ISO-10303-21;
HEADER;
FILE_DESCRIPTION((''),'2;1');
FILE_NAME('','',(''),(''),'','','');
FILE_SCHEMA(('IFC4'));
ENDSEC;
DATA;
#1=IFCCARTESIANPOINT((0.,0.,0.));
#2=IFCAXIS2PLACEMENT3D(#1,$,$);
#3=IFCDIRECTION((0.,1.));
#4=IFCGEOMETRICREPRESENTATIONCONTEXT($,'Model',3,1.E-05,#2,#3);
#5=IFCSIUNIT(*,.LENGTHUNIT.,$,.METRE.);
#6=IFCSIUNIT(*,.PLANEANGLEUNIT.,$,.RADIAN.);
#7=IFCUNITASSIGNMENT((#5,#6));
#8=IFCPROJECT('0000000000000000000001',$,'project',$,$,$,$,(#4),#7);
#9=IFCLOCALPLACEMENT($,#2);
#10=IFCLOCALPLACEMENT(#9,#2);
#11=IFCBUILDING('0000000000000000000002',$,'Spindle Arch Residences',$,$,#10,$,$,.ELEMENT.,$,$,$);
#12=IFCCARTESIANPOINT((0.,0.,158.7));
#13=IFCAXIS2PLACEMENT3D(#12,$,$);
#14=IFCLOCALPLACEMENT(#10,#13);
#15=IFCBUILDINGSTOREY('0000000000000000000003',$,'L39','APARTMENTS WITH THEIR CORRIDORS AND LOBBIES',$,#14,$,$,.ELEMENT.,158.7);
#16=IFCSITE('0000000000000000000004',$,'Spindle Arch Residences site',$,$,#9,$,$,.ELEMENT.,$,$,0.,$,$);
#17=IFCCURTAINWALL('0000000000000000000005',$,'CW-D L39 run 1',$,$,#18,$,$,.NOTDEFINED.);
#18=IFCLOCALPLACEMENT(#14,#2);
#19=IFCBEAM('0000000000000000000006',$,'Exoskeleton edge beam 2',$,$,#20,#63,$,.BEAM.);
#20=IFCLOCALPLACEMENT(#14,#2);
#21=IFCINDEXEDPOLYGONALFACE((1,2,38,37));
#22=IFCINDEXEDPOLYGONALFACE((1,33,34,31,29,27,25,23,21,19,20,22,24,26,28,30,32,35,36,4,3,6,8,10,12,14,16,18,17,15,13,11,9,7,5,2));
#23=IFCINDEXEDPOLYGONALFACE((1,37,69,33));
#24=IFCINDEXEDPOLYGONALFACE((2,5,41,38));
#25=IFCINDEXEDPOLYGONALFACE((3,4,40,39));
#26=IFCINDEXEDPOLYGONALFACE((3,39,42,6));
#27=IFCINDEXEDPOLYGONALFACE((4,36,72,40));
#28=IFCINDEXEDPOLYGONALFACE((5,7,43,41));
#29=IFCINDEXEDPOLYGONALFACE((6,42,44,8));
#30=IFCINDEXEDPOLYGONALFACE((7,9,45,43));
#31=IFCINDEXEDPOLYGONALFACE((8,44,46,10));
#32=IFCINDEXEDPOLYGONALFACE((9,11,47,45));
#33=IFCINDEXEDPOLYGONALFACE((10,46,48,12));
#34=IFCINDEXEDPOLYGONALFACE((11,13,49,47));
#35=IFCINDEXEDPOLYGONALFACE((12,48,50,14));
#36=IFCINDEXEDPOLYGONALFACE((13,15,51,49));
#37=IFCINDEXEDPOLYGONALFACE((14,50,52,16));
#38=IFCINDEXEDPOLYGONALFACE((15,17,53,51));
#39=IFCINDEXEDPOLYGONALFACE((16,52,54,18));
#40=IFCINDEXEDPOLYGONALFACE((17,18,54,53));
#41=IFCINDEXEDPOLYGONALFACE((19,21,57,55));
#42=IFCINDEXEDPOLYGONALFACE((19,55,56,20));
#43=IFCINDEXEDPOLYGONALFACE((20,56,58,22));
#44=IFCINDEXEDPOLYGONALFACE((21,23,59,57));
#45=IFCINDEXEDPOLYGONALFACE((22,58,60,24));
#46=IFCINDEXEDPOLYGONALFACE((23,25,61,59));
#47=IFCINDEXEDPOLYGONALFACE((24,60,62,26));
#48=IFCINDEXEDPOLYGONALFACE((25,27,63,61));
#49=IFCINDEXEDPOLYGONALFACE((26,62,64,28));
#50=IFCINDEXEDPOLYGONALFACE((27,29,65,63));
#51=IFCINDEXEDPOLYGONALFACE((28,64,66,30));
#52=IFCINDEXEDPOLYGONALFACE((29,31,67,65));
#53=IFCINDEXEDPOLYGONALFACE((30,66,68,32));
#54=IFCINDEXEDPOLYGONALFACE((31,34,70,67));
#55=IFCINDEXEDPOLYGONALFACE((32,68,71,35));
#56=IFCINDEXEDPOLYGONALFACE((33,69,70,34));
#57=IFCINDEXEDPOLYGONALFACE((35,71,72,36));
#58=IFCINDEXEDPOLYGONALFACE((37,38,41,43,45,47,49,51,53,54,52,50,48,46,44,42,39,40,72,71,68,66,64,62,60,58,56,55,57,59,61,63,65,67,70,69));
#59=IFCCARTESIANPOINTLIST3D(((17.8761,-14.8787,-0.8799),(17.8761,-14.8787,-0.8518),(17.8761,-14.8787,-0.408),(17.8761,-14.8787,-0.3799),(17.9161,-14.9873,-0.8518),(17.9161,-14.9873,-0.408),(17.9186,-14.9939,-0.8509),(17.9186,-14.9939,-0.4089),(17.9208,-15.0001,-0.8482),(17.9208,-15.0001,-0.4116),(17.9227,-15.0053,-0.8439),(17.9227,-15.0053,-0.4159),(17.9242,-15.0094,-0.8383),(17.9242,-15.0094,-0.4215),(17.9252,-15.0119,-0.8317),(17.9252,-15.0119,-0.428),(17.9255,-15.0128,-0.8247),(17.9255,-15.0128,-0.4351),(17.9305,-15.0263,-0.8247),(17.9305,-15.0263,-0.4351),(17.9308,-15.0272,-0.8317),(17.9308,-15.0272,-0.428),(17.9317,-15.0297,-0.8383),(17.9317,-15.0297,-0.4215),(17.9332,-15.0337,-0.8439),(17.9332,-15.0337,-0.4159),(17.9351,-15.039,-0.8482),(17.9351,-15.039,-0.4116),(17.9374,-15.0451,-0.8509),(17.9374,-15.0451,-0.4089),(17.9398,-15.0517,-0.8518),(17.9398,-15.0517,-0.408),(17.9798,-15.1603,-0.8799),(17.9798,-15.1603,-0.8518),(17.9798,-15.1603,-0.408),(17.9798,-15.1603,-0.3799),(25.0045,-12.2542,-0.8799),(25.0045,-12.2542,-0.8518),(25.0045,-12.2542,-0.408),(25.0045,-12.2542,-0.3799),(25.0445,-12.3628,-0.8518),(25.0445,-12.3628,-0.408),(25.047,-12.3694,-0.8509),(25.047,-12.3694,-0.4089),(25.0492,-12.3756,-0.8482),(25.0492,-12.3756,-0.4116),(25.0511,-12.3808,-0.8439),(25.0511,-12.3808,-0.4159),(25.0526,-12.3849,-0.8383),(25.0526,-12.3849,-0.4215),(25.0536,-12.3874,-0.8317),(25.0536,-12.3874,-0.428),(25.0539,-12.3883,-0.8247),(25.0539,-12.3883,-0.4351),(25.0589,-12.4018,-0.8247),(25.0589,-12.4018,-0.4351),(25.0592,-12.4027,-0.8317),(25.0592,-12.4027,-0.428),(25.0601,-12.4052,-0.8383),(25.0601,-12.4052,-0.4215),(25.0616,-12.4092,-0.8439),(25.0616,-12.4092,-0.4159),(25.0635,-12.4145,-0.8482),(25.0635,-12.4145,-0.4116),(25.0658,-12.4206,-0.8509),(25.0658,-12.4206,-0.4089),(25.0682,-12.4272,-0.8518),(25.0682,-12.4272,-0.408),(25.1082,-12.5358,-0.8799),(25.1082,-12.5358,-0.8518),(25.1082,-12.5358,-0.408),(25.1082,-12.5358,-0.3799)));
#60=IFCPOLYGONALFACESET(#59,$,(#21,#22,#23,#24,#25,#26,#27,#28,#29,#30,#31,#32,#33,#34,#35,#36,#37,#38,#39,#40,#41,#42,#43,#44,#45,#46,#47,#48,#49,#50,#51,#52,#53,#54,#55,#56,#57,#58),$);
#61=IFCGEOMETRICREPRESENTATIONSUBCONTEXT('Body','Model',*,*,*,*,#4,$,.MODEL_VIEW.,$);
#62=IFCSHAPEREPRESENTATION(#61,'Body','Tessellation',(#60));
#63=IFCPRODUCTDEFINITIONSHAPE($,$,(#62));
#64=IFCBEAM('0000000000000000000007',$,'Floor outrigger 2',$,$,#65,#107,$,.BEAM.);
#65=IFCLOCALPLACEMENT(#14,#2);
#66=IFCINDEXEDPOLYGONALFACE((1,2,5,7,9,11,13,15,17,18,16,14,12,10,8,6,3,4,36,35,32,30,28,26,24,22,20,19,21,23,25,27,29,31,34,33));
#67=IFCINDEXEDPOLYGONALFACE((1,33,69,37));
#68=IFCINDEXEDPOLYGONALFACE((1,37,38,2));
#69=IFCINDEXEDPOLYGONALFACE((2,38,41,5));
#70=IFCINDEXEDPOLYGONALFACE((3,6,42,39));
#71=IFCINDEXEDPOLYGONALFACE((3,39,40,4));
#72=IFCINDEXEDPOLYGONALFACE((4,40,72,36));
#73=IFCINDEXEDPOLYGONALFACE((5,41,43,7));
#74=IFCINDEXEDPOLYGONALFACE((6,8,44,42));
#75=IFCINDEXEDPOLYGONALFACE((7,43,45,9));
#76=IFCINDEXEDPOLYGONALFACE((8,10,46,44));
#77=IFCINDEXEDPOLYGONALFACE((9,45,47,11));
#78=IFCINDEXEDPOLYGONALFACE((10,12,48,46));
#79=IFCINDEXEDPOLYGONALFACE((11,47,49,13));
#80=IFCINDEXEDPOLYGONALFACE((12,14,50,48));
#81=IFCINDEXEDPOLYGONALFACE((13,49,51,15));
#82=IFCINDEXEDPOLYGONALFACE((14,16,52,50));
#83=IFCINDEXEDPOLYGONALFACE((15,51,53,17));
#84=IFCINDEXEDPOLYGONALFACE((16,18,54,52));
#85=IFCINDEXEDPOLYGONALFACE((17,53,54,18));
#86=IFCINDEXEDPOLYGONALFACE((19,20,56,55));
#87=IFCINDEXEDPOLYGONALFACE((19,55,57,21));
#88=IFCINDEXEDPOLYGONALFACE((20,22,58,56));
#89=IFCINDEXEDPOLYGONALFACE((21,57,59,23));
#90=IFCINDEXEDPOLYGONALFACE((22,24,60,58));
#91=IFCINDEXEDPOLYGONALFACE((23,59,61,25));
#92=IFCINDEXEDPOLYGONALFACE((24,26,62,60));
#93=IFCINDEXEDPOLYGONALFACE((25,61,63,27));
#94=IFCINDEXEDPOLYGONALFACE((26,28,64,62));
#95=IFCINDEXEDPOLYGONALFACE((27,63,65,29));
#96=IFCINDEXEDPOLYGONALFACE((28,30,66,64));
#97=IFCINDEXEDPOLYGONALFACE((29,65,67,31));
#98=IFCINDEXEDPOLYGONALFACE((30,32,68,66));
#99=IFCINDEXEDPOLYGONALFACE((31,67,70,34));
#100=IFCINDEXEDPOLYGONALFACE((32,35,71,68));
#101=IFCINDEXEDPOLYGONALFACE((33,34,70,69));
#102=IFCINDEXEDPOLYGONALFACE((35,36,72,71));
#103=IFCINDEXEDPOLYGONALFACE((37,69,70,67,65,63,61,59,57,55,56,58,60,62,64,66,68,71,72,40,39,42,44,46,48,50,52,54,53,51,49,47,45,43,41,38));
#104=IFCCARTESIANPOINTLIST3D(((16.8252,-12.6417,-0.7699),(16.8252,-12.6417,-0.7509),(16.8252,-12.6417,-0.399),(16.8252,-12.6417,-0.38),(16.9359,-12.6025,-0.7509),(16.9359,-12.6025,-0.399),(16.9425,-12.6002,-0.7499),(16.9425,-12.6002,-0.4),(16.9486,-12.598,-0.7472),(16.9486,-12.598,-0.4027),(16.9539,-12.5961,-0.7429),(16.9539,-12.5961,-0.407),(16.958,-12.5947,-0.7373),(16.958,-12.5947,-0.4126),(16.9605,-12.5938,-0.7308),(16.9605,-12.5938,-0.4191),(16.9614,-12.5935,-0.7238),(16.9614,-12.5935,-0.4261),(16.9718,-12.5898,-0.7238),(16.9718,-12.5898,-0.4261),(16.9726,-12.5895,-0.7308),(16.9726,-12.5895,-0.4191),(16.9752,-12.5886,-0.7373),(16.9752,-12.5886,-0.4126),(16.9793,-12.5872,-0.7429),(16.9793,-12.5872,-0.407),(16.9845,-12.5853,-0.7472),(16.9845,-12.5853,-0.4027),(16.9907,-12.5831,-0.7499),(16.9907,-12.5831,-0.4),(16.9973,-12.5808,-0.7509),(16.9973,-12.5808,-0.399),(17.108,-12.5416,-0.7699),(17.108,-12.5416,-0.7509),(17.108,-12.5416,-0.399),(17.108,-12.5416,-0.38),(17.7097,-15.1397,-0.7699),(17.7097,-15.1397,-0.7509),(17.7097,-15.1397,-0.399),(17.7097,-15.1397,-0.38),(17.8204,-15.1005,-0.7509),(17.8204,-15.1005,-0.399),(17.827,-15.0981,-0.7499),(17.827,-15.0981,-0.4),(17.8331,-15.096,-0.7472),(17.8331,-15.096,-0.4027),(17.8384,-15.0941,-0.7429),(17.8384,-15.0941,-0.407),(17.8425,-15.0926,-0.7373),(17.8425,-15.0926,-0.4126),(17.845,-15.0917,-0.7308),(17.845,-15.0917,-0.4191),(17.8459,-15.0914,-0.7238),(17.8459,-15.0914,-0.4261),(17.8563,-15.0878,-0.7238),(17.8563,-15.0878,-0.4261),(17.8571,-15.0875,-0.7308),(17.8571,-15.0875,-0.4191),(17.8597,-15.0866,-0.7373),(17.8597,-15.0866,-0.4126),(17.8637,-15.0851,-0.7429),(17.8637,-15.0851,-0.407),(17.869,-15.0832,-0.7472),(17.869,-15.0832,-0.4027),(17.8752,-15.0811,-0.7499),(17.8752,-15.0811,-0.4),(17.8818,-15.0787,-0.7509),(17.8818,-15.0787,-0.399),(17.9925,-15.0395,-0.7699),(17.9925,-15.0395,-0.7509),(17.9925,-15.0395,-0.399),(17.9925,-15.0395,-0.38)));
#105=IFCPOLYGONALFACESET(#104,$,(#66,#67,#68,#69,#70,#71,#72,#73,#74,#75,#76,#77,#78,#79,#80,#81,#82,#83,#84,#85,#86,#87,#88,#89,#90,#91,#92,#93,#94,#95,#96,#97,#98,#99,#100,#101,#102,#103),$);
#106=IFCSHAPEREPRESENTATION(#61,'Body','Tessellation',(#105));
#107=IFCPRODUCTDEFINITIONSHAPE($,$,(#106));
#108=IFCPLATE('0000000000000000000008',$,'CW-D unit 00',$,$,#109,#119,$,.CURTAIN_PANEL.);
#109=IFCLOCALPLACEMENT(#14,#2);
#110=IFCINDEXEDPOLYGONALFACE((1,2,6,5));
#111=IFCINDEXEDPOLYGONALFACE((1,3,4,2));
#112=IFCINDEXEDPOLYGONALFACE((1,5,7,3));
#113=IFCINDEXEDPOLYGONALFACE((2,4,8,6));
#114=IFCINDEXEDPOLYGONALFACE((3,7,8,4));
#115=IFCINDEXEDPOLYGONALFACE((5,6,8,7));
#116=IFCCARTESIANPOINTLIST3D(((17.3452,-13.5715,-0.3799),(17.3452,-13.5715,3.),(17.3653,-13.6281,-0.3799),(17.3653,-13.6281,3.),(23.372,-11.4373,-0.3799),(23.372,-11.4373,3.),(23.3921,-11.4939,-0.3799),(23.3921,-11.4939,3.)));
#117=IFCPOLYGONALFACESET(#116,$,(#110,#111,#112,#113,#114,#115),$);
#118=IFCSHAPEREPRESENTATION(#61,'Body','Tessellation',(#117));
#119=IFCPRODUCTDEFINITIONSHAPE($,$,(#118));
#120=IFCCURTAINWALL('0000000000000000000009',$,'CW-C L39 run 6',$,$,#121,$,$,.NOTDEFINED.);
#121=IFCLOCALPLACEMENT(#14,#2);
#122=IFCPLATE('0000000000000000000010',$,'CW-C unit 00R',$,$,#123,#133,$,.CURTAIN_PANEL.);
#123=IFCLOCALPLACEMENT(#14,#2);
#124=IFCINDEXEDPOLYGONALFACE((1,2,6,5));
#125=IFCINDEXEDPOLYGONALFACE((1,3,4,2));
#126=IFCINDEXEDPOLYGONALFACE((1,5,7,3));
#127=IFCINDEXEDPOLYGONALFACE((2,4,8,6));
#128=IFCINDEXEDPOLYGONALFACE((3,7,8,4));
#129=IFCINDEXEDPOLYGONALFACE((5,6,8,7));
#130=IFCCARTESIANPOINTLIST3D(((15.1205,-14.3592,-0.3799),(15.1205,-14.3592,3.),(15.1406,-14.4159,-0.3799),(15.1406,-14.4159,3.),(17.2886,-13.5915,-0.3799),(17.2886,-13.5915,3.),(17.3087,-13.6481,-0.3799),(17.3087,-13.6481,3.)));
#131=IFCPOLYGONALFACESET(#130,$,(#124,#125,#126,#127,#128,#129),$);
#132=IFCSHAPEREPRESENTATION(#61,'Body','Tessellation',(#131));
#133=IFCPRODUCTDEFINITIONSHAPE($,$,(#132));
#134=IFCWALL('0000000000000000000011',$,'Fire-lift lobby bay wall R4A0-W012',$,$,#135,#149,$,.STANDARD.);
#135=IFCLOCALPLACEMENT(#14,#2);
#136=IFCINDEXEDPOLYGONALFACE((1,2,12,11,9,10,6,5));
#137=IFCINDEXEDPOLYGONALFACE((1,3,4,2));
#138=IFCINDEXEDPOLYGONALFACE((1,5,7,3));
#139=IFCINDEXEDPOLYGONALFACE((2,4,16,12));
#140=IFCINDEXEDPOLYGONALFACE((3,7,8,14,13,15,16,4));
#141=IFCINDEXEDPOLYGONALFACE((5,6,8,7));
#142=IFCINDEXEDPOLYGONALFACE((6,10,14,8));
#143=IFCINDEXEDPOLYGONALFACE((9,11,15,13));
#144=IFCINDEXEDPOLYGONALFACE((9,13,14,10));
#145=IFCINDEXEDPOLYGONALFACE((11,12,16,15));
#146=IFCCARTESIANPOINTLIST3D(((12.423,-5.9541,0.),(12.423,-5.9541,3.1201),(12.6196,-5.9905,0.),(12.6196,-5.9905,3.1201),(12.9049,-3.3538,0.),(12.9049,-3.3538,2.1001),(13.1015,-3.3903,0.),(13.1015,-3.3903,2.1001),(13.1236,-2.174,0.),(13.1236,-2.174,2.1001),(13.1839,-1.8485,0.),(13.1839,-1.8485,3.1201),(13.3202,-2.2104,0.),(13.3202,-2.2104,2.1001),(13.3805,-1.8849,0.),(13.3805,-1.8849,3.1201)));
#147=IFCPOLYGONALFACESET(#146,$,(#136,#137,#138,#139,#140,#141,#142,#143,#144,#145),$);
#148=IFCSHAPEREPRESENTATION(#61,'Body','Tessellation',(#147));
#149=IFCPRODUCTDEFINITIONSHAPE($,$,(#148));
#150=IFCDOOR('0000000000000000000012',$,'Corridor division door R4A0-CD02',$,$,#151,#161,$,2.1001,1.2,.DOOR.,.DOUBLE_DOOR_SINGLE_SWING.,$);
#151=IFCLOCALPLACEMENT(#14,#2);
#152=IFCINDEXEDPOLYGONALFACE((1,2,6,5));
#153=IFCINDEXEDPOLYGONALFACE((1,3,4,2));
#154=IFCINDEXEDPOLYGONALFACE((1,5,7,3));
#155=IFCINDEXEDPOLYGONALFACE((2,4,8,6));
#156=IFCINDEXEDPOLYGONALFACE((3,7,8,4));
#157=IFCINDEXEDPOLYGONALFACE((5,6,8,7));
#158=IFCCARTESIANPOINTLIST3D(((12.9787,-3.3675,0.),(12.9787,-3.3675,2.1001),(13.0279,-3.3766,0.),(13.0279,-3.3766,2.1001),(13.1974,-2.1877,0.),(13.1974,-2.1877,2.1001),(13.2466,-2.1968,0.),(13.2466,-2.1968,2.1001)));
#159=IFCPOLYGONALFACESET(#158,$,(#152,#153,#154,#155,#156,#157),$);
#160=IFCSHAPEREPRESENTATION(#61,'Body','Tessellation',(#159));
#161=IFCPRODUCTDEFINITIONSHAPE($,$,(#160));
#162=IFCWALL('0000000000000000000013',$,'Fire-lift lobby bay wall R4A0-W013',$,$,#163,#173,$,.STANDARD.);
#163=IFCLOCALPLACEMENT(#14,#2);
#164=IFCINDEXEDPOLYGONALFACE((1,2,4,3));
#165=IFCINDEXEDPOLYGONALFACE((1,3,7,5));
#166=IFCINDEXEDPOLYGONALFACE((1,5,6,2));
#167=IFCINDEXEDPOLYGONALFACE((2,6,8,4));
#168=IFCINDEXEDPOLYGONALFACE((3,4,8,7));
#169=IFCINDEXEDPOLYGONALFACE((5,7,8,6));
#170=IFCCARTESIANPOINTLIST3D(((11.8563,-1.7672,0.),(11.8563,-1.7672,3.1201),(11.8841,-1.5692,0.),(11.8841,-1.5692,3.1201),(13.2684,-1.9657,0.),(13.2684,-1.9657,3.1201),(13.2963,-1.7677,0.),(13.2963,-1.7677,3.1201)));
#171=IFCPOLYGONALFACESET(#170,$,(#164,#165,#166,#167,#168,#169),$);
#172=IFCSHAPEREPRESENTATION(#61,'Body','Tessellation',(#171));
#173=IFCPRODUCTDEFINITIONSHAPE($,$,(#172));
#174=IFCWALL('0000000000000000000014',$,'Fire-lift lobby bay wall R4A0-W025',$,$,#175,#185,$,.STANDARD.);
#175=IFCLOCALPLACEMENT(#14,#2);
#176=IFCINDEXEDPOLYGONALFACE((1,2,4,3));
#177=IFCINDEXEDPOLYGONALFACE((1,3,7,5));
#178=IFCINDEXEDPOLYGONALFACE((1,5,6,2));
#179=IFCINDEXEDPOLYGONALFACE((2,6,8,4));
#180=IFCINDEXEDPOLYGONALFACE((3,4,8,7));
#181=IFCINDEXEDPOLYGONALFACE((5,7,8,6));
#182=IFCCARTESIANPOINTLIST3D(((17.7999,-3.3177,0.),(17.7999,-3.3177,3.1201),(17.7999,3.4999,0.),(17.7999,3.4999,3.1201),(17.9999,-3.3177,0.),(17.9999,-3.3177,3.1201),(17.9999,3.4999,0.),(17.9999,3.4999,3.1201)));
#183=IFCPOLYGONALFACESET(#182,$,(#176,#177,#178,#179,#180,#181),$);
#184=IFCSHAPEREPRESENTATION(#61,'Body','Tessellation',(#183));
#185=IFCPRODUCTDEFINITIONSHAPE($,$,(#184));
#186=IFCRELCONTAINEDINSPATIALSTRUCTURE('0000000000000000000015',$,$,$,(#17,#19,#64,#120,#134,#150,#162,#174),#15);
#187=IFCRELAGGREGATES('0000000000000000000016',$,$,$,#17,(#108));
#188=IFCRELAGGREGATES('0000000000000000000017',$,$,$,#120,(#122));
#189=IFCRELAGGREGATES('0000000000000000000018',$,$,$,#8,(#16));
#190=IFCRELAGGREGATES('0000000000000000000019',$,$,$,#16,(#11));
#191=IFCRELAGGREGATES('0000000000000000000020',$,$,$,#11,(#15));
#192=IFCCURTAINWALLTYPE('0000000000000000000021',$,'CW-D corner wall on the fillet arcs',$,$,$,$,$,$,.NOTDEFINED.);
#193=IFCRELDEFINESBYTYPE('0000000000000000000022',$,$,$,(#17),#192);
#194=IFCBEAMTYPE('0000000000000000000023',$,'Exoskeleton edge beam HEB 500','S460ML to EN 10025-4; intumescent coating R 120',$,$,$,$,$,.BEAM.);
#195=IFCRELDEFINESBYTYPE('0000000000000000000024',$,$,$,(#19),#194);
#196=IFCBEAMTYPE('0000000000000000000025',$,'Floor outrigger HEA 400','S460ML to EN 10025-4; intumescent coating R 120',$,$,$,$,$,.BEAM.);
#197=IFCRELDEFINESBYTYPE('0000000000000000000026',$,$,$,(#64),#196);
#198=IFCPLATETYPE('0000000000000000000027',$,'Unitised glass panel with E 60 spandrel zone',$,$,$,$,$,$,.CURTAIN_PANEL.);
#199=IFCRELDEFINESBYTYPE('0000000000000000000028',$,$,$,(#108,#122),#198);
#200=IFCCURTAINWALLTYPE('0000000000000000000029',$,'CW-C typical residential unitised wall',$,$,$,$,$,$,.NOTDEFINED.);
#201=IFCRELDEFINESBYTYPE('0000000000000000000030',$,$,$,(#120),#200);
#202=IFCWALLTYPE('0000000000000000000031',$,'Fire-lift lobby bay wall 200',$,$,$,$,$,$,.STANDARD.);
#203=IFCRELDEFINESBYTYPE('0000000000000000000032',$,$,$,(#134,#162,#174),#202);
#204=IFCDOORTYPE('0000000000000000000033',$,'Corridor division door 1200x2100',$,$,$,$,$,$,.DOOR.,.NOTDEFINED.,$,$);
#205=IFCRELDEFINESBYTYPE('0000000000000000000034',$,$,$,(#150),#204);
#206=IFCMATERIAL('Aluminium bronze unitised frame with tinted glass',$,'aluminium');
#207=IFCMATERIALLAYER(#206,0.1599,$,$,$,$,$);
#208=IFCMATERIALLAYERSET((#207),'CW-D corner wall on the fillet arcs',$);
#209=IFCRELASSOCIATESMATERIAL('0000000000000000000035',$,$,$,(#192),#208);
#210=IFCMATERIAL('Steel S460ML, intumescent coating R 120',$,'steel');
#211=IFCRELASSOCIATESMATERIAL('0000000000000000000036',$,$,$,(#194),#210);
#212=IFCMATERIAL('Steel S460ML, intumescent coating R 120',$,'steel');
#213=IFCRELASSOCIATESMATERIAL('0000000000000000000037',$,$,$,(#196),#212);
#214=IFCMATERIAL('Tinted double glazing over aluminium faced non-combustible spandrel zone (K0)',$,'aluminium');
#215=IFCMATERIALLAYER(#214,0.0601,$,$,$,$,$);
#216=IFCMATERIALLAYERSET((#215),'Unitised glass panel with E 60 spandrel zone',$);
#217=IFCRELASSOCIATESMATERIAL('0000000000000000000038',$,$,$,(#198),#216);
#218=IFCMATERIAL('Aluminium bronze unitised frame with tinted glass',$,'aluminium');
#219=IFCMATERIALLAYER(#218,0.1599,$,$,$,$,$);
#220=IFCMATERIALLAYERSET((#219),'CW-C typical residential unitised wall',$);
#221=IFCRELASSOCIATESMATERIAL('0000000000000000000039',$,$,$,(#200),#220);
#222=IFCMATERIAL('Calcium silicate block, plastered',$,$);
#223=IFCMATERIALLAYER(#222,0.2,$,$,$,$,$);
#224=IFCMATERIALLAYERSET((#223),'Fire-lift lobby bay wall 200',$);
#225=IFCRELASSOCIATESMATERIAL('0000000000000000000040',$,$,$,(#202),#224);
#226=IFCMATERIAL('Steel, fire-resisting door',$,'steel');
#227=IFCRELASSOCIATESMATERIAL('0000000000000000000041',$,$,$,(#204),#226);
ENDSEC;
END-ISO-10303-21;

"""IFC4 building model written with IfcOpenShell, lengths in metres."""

from ifc_helpers import new_model, si_unit, direction, frame, frame_2d, origin, origin_2d, place, context, subcontext, project, spatial, rectangle, i_section, extrude, material, layer, layer_set, material_profile, profile_set, type_object, element, fill, aggregate, save


model = new_model("IFC4")

# Units and contexts
model_context = context("Model", 3, precision=1e-05, world=origin(), true_north=direction((0.0, 1.0)))
body_context = subcontext(model_context, "Body", "Model", "MODEL_VIEW")
ifc_project = project(units=[si_unit("LENGTHUNIT", "METRE"), si_unit("PLANEANGLEUNIT", "RADIAN")], contexts=[model_context])

# Site, building, storey
site_placement = place(None, origin())
site = spatial("IfcSite", under=ifc_project, at=site_placement, Name="Spindle Arch Residences site", CompositionType="ELEMENT", RefElevation=0.0)
building_placement = place(site_placement, origin())
building = spatial("IfcBuilding", under=site, at=building_placement, Name="Spindle Arch Residences", CompositionType="ELEMENT")
storey_placement = place(building_placement, frame((0.0, 0.0, 158.7)))
storey = spatial("IfcBuildingStorey", under=building, at=storey_placement, Name="L39", Description="APARTMENTS WITH THEIR CORRIDORS AND LOBBIES", CompositionType="ELEMENT", Elevation=158.7)

# Curtain wall
ifc_material_1 = material(Name="Aluminium bronze unitised frame with tinted glass", Category="aluminium")
ifc_layer_1 = layer(ifc_material_1, 0.1599)
ifc_layer_set_1 = layer_set([ifc_layer_1], Name="CW-D corner wall on the fillet arcs")
curtain_wall_type_1 = type_object("IfcCurtainWallType", Name="CW-D corner wall on the fillet arcs", PredefinedType="NOTDEFINED", material=ifc_layer_set_1)
curtain_wall_1_placement = place(storey_placement, origin())
curtain_wall_1 = element("IfcCurtainWall", 1, at=curtain_wall_1_placement, inside=storey, type_object=curtain_wall_type_1, Name="CW-D L39 run 1", PredefinedType="NOTDEFINED")

# Beams
ifc_material_2 = material(Name="Steel S460ML, intumescent coating R 120", Category="steel")
ifc_material_profile_1 = material_profile(ifc_material_2, i_section(OverallWidth=0.3, OverallDepth=0.5, WebThickness=0.0144, FlangeThickness=0.0281, FilletRadius=0.0271, at=origin_2d()), Name="HEB 500")
ifc_profile_set_1 = profile_set([ifc_material_profile_1], Name="Steel S460ML, intumescent coating R 120")
beam_type_1 = type_object("IfcBeamType", Name="Exoskeleton edge beam HEB 500", Description="S460ML to EN 10025-4; intumescent coating R 120", PredefinedType="BEAM", material=ifc_profile_set_1)
beam_1_placement = place(storey_placement, frame((17.928, -15.0195, -0.6299), z_axis=(0.938418, 0.345503, 0.0), x_axis=(-0.345503, 0.938418, 0.0)))
element("IfcBeam", 2, at=beam_1_placement, inside=storey, type_object=beam_type_1, Name="Exoskeleton edge beam 2", PredefinedType="BEAM", context=body_context, shape_type="SweptSolid", body=[
    extrude(i_section(OverallWidth=0.3, OverallDepth=0.5, WebThickness=0.0144, FlangeThickness=0.0281, FilletRadius=0.0271, at=origin_2d()), origin(), (0.0, 0.0, 1.0), 7.5962),
])
ifc_material_3 = material(Name="Steel S460ML, intumescent coating R 120", Category="steel")
ifc_material_profile_2 = material_profile(ifc_material_3, i_section(OverallWidth=0.3, OverallDepth=0.3899, WebThickness=0.011, FlangeThickness=0.019, FilletRadius=0.0271, at=origin_2d()), Name="HEA 400")
ifc_profile_set_2 = profile_set([ifc_material_profile_2], Name="Steel S460ML, intumescent coating R 120")
beam_type_2 = type_object("IfcBeamType", Name="Floor outrigger HEA 400", Description="S460ML to EN 10025-4; intumescent coating R 120", PredefinedType="BEAM", material=ifc_profile_set_2)
beam_2_placement = place(storey_placement, frame((17.8511, -15.0896, -0.575), z_axis=(-0.333779, 0.942651, 0.0), x_axis=(-0.942651, -0.333779, 0.0)))
element("IfcBeam", 3, at=beam_2_placement, inside=storey, type_object=beam_type_2, Name="Floor outrigger 2", PredefinedType="BEAM", context=body_context, shape_type="SweptSolid", body=[
    extrude(i_section(OverallWidth=0.3, OverallDepth=0.3899, WebThickness=0.011, FlangeThickness=0.019, FilletRadius=0.0271, at=origin_2d()), origin(), (0.0, 0.0, 1.0), 2.6499),
])

# Plate
ifc_material_4 = material(Name="Tinted double glazing over aluminium faced non-combustible spandrel zone (K0)", Category="aluminium")
ifc_layer_2 = layer(ifc_material_4, 0.0601)
ifc_layer_set_2 = layer_set([ifc_layer_2], Name="Unitised glass panel with E 60 spandrel zone")
plate_type = type_object("IfcPlateType", Name="Unitised glass panel with E 60 spandrel zone", PredefinedType="CURTAIN_PANEL", material=ifc_layer_set_2)
plate_1_placement = place(storey_placement, frame((20.3687, -12.5327, -0.3799), z_axis=(0.0, 0.0, 1.0), x_axis=(0.942641, 0.333807, 0.0)))
plate_1 = element("IfcPlate", 4, at=plate_1_placement, type_object=plate_type, Name="CW-D unit 00", PredefinedType="CURTAIN_PANEL", context=body_context, shape_type="SweptSolid", body=[
    extrude(rectangle(XDim=6.3936, YDim=0.0601, at=origin_2d()), origin(), (0.0, 0.0, 1.0), 3.3799),
])
aggregate(curtain_wall_1, [plate_1])

# Curtain wall, plate
ifc_material_5 = material(Name="Aluminium bronze unitised frame with tinted glass", Category="aluminium")
ifc_layer_3 = layer(ifc_material_5, 0.1599)
ifc_layer_set_3 = layer_set([ifc_layer_3], Name="CW-C typical residential unitised wall")
curtain_wall_type_2 = type_object("IfcCurtainWallType", Name="CW-C typical residential unitised wall", PredefinedType="NOTDEFINED", material=ifc_layer_set_3)
curtain_wall_2_placement = place(storey_placement, origin())
curtain_wall_2 = element("IfcCurtainWall", 5, at=curtain_wall_2_placement, inside=storey, type_object=curtain_wall_type_2, Name="CW-C L39 run 6", PredefinedType="NOTDEFINED")
plate_2_placement = place(storey_placement, frame((16.2146, -14.0037, -0.3799), z_axis=(0.0, 0.0, 1.0), x_axis=(0.942641, 0.333807, 0.0)))
plate_2 = element("IfcPlate", 6, at=plate_2_placement, type_object=plate_type, Name="CW-C unit 00R", PredefinedType="CURTAIN_PANEL", context=body_context, shape_type="SweptSolid", body=[
    extrude(rectangle(XDim=2.3, YDim=0.0601, at=origin_2d()), origin(), (0.0, 0.0, 1.0), 3.3799),
])
aggregate(curtain_wall_2, [plate_2])

# Wall, opening, door
ifc_material_6 = material(Name="Calcium silicate block, plastered")
ifc_layer_4 = layer(ifc_material_6, 0.2)
ifc_layer_set_4 = layer_set([ifc_layer_4], Name="Fire-lift lobby bay wall 200")
wall_type_1 = type_object("IfcWallType", Name="Fire-lift lobby bay wall 200", PredefinedType="STANDARD", material=ifc_layer_set_4)
wall_1_placement = place(storey_placement, frame((12.5212, -5.9724, 0.0), z_axis=(0.0, 0.0, 1.0), x_axis=(0.182244, 0.983253, 0.0)))
wall_1 = element("IfcWall", 7, at=wall_1_placement, inside=storey, type_object=wall_type_1, Name="Fire-lift lobby bay wall R4A0-W012", PredefinedType="STANDARD", context=body_context, shape_type="SweptSolid", body=[
    extrude(rectangle(XDim=4.1755, YDim=0.2, at=frame_2d((2.0879, 0.0))), origin(), (0.0, 0.0, 1.0), 3.1201),
])
opening_1_placement = place(wall_1_placement, frame((2.6445, 0.0, 0.0)))
opening_1 = element("IfcOpeningElement", 8, at=opening_1_placement, cuts=wall_1, PredefinedType="OPENING", context=body_context, shape_type="SweptSolid", body=[
    extrude(rectangle(XDim=1.2, YDim=2.1001, at=frame_2d((0.6001, 1.05))), frame((0.0, 0.1099, 0.0), z_axis=(0.0, -1.0, 0.0), x_axis=(1.0, 0.0, 0.0)), (0.0, 0.0, 1.0), 0.22),
])
ifc_material_7 = material(Name="Steel, fire-resisting door", Category="steel")
door_type_1 = type_object("IfcDoorType", Name="Corridor division door 1200x2100", OperationType="NOTDEFINED", PredefinedType="DOOR", material=ifc_material_7)
door_1_placement = place(opening_1_placement, origin())
door_1 = element("IfcDoor", 9, at=door_1_placement, inside=storey, type_object=door_type_1, Name="Corridor division door R4A0-CD02", OperationType="DOUBLE_DOOR_SINGLE_SWING", OverallHeight=2.1001, OverallWidth=1.2, PredefinedType="DOOR", context=body_context, shape_type="SweptSolid", body=[
    extrude(rectangle(XDim=1.2, YDim=2.1001, at=frame_2d((0.6001, 1.05))), frame((0.0, 0.0249, 0.0), z_axis=(0.0, -1.0, 0.0), x_axis=(1.0, 0.0, 0.0)), (0.0, 0.0, 1.0), 0.05),
])
fill(opening_1, door_1)

# Walls
wall_2_placement = place(storey_placement, frame((13.2822, -1.8667, 0.0), z_axis=(0.0, 0.0, 1.0), x_axis=(-0.990265, 0.139192, 0.0)))
element("IfcWall", 10, at=wall_2_placement, inside=storey, type_object=wall_type_1, Name="Fire-lift lobby bay wall R4A0-W013", PredefinedType="STANDARD", context=body_context, shape_type="SweptSolid", body=[
    extrude(rectangle(XDim=1.426, YDim=0.2, at=frame_2d((0.7129, 0.0))), origin(), (0.0, 0.0, 1.0), 3.1201),
])
wall_3_placement = place(storey_placement, frame((17.8999, -3.3176, 0.0), z_axis=(0.0, 0.0, 1.0), x_axis=(0.0, 1.0, 0.0)))
element("IfcWall", 11, at=wall_3_placement, inside=storey, type_object=wall_type_1, Name="Fire-lift lobby bay wall R4A0-W025", PredefinedType="STANDARD", context=body_context, shape_type="SweptSolid", body=[
    extrude(rectangle(XDim=6.8176, YDim=0.2, at=frame_2d((3.4087, 0.0))), origin(), (0.0, 0.0, 1.0), 3.1201),
])

save(model, "model.ifc")
